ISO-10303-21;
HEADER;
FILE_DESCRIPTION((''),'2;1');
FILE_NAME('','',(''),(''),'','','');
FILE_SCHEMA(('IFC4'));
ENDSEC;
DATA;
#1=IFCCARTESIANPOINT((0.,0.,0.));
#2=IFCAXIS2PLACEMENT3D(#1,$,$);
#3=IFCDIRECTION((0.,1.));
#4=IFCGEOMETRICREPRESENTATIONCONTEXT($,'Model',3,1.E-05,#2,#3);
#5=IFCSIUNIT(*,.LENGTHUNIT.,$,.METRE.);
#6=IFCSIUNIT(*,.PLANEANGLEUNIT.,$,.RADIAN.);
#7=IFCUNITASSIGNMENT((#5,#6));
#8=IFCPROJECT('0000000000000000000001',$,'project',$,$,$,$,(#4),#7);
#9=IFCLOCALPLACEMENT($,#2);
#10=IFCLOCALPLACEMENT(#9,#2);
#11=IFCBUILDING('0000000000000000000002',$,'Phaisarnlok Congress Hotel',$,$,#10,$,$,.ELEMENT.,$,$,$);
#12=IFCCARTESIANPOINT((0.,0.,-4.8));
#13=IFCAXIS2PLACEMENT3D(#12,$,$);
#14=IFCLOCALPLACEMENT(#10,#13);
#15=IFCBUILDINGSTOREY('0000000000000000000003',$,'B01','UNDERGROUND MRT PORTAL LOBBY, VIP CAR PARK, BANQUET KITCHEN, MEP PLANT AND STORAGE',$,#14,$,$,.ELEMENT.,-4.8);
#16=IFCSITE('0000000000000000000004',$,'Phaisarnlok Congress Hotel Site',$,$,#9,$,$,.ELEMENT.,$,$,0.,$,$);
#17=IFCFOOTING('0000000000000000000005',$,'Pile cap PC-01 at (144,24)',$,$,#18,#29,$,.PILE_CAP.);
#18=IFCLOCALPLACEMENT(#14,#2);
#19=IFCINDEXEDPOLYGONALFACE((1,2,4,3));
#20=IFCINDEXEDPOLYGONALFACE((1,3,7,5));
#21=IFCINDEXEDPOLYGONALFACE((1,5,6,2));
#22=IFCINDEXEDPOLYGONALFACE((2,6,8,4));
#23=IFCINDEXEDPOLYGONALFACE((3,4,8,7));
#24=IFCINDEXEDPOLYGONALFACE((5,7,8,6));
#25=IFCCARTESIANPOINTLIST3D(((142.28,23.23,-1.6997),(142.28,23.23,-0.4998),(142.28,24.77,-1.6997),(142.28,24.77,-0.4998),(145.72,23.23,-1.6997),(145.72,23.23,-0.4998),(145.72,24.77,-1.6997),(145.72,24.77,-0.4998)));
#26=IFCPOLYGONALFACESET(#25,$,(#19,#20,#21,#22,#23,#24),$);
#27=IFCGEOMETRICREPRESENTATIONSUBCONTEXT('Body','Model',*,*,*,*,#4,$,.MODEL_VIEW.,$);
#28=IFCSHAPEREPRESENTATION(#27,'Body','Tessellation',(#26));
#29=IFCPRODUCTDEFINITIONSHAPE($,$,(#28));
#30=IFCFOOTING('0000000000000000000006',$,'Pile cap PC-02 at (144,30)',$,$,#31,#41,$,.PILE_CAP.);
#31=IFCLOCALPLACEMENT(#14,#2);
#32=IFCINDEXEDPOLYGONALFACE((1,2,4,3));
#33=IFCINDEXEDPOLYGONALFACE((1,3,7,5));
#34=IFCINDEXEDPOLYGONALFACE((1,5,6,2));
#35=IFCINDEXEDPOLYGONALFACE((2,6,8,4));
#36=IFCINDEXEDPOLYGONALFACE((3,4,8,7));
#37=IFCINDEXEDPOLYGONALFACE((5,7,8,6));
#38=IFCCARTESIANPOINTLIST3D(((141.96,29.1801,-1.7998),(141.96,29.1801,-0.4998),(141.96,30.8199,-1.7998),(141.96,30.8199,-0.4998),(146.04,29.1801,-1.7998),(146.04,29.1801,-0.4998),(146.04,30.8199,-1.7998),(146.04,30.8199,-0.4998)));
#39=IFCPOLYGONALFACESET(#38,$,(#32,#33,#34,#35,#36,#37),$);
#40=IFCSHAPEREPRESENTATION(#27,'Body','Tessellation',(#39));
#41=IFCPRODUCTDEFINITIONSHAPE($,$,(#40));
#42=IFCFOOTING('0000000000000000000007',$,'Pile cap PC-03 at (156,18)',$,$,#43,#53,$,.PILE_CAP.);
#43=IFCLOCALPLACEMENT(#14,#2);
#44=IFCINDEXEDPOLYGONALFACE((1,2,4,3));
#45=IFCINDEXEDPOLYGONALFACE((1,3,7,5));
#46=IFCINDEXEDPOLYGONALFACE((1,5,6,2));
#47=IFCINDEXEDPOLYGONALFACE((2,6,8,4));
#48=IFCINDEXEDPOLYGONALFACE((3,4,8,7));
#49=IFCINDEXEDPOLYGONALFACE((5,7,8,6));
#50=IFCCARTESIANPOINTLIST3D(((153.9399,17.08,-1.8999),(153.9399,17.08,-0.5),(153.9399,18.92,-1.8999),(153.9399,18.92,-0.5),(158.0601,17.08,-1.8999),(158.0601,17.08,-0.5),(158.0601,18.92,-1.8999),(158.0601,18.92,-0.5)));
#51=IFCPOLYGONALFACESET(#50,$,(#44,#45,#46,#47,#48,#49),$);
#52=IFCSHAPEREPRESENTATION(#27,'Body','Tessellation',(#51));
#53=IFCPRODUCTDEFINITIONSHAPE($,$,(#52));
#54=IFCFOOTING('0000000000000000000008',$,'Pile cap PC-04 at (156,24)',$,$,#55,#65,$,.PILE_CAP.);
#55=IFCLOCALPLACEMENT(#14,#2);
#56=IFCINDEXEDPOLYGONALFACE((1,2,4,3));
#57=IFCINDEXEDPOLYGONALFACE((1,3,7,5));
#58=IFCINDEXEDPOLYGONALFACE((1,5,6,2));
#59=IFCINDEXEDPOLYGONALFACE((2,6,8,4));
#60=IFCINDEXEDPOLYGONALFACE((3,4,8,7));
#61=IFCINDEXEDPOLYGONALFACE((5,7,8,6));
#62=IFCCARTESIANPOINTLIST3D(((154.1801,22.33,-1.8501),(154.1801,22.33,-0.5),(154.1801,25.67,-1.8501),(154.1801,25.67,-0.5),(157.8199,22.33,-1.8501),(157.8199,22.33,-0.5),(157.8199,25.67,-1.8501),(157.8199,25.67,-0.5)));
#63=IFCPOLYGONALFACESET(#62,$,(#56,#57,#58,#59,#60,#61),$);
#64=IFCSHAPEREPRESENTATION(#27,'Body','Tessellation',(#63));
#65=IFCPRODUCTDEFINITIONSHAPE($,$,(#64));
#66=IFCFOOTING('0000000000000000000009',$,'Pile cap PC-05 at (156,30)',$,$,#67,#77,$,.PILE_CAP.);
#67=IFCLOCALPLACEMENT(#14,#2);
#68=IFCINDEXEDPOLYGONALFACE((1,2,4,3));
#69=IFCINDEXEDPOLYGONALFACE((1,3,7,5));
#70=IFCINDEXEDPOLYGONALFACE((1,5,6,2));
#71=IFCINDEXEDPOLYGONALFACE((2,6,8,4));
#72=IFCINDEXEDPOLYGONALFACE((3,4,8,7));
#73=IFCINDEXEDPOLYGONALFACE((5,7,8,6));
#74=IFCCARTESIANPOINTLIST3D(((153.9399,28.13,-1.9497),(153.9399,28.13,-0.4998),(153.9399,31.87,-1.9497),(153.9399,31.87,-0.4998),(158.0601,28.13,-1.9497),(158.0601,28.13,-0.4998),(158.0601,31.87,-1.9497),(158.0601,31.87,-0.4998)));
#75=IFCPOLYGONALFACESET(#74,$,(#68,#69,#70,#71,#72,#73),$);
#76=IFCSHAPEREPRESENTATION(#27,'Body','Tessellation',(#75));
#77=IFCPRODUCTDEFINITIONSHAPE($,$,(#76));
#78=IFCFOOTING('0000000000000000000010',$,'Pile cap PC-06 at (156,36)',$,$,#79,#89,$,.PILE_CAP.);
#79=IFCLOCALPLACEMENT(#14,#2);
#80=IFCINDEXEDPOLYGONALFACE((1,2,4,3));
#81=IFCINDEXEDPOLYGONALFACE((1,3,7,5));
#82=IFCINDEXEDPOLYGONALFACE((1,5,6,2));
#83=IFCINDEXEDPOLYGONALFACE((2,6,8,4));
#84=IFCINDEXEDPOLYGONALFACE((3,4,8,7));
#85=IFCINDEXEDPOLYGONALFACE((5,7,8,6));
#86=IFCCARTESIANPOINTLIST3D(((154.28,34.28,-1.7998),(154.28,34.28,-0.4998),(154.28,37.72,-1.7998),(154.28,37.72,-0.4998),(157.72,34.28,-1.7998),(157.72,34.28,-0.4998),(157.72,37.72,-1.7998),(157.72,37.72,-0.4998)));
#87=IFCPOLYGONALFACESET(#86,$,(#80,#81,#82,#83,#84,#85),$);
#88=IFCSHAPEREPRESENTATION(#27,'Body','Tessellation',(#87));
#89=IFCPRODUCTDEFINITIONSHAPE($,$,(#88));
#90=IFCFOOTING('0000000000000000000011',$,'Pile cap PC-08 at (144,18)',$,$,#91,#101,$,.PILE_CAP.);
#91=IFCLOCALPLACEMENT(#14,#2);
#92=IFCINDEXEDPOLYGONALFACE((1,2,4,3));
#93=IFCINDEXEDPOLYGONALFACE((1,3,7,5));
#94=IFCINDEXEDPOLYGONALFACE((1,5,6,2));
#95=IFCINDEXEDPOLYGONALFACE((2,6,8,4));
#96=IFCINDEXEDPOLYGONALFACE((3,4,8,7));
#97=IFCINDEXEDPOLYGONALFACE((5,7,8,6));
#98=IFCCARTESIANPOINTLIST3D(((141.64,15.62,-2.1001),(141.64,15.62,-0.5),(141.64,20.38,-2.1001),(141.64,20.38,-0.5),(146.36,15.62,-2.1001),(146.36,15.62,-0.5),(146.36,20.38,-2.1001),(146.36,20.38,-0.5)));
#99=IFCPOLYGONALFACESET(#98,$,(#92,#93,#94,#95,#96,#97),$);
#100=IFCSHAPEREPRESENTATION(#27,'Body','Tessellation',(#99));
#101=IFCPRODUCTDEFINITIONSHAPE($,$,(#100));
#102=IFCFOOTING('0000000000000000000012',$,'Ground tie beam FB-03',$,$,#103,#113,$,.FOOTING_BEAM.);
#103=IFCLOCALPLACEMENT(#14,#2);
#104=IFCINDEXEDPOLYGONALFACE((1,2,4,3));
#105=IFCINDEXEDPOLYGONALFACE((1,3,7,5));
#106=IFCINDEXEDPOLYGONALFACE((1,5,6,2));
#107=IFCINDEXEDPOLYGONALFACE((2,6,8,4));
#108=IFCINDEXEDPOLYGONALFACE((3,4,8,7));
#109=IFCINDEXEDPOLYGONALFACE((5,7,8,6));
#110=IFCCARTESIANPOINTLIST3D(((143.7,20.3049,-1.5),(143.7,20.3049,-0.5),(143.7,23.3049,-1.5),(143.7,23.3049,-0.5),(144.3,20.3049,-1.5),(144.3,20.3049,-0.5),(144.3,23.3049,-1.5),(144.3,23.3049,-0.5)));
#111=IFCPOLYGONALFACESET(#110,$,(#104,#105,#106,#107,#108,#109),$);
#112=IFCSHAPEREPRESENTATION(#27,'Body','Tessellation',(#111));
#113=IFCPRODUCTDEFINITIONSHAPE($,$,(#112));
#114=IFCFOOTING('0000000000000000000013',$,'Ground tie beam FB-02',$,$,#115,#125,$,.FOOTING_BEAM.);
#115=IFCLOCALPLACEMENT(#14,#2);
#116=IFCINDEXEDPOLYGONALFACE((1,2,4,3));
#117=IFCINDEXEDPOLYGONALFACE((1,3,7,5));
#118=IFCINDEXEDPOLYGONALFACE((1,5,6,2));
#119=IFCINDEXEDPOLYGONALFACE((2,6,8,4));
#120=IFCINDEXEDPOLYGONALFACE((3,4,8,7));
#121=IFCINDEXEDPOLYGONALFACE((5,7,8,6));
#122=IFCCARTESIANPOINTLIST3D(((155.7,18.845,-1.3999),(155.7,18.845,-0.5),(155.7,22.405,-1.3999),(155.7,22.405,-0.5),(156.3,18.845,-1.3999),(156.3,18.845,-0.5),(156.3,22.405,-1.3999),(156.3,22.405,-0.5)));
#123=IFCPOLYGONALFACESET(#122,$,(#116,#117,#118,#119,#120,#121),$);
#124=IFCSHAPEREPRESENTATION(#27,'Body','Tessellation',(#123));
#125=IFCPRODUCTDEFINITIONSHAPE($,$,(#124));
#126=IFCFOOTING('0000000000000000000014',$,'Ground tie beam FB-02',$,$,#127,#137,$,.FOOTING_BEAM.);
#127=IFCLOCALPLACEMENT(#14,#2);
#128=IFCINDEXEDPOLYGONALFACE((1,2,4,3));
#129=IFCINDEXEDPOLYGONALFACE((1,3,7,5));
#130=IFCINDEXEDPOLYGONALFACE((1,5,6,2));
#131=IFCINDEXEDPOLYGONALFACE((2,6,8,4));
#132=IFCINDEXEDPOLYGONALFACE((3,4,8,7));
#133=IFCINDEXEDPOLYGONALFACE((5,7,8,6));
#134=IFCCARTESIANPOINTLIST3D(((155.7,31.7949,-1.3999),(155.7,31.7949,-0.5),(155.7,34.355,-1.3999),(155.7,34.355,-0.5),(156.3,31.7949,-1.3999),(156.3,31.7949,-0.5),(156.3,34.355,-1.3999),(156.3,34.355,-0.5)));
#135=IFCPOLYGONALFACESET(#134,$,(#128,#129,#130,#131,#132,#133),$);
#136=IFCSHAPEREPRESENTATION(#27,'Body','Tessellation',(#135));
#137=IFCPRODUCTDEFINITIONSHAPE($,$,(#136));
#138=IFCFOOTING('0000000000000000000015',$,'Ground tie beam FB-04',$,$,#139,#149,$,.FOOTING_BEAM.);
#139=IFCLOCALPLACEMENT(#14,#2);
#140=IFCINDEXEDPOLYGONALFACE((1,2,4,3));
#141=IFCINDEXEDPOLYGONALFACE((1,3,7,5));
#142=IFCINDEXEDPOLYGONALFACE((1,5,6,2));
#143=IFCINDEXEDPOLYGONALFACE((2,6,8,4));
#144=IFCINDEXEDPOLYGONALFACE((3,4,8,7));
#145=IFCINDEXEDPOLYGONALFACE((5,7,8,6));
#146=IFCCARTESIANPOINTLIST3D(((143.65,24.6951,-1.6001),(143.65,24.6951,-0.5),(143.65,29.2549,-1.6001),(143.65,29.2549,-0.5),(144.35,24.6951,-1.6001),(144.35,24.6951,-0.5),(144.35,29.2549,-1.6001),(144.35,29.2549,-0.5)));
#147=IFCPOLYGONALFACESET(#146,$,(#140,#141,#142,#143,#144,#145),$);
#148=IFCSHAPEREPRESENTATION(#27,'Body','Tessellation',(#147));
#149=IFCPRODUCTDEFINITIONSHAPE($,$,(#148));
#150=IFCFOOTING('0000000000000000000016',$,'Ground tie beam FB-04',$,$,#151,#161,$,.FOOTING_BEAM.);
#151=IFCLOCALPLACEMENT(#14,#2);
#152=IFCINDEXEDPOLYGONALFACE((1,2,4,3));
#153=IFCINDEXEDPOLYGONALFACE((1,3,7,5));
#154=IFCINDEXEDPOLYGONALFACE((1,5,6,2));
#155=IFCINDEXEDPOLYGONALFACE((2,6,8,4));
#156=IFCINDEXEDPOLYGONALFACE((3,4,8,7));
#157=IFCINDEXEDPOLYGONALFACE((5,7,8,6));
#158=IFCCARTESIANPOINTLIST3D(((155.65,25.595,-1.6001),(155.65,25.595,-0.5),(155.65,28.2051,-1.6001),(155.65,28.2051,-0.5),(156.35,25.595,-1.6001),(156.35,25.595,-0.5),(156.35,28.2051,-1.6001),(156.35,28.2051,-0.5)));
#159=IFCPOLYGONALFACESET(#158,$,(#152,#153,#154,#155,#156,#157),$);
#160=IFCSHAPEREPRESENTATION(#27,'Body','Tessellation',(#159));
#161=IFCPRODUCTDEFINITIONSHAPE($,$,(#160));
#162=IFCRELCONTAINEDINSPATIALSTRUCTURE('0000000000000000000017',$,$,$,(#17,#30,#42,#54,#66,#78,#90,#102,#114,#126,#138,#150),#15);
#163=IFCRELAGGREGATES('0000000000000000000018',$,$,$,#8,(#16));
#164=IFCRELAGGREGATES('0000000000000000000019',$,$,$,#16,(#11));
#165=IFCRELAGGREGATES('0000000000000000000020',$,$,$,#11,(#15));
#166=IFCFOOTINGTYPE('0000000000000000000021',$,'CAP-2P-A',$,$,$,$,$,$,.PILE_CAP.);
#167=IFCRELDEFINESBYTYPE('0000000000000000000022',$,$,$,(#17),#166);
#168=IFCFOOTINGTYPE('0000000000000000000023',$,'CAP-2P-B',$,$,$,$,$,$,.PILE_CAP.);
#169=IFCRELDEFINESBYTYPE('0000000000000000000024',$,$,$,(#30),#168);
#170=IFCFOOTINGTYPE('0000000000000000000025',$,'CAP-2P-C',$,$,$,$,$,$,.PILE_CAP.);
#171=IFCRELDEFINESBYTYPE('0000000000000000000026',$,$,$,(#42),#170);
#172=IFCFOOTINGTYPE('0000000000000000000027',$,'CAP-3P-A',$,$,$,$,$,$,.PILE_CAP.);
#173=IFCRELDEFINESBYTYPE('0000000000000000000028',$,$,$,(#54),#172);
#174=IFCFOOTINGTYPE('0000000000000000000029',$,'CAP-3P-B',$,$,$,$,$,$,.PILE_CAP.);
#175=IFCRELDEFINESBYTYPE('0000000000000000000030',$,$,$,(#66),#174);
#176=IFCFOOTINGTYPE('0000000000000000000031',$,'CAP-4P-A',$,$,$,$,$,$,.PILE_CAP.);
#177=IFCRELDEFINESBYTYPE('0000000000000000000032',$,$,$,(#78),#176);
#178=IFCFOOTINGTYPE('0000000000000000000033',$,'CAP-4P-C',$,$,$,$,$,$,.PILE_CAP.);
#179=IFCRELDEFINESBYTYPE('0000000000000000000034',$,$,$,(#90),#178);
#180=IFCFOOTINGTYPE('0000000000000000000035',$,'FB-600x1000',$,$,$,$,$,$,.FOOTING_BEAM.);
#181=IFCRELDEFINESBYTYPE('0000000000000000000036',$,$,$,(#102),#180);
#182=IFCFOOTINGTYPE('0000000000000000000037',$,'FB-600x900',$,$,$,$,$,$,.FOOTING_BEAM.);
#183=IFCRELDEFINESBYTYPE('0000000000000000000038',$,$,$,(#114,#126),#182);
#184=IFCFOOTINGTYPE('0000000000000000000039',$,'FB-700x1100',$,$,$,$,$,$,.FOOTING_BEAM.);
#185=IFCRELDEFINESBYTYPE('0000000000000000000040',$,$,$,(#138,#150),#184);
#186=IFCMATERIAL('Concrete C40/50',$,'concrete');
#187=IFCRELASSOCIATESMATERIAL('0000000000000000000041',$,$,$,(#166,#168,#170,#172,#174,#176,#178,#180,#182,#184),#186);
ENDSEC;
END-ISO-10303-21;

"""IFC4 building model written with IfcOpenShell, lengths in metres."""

from ifc_helpers import new_model, si_unit, direction, frame, origin, origin_2d, place, context, subcontext, project, spatial, rectangle, extrude, material, material_profile, profile_set, type_object, element, save


model = new_model("IFC4")

# Units and contexts
model_context = context("Model", 3, precision=1e-05, world=origin(), true_north=direction((0.0, 1.0)))
body_context = subcontext(model_context, "Body", "Model", "MODEL_VIEW")
ifc_project = project(units=[si_unit("LENGTHUNIT", "METRE"), si_unit("PLANEANGLEUNIT", "RADIAN")], contexts=[model_context])

# Site, building, storey
site_placement = place(None, origin())
site = spatial("IfcSite", under=ifc_project, at=site_placement, Name="Phaisarnlok Congress Hotel Site", CompositionType="ELEMENT", RefElevation=0.0)
building_placement = place(site_placement, origin())
building = spatial("IfcBuilding", under=site, at=building_placement, Name="Phaisarnlok Congress Hotel", CompositionType="ELEMENT")
storey_placement = place(building_placement, frame((0.0, 0.0, -4.8)))
storey = spatial("IfcBuildingStorey", under=building, at=storey_placement, Name="B01", Description="UNDERGROUND MRT PORTAL LOBBY, VIP CAR PARK, BANQUET KITCHEN, MEP PLANT AND STORAGE", CompositionType="ELEMENT", Elevation=-4.8)

# Footings
ifc_material_1 = material(Name="Concrete C40/50", Category="concrete")
footing_type_1 = type_object("IfcFootingType", Name="CAP-2P-A", PredefinedType="PILE_CAP", material=ifc_material_1)
footing_1_placement = place(storey_placement, frame((144.0, 24.0, -1.6997), z_axis=(0.0, 0.0, 1.0), x_axis=(1.0, 0.0, 0.0)))
element("IfcFooting", 1, at=footing_1_placement, inside=storey, type_object=footing_type_1, Name="Pile cap PC-01 at (144,24)", PredefinedType="PILE_CAP", context=body_context, shape_type="SweptSolid", body=[
    extrude(rectangle(XDim=3.4399, YDim=1.54, at=origin_2d()), origin(), (0.0, 0.0, 1.0), 1.2),
])
footing_type_2 = type_object("IfcFootingType", Name="CAP-2P-B", PredefinedType="PILE_CAP", material=ifc_material_1)
footing_2_placement = place(storey_placement, frame((144.0, 30.0, -1.7998), z_axis=(0.0, 0.0, 1.0), x_axis=(1.0, 0.0, 0.0)))
element("IfcFooting", 2, at=footing_2_placement, inside=storey, type_object=footing_type_2, Name="Pile cap PC-02 at (144,30)", PredefinedType="PILE_CAP", context=body_context, shape_type="SweptSolid", body=[
    extrude(rectangle(XDim=4.0801, YDim=1.6399, at=origin_2d()), origin(), (0.0, 0.0, 1.0), 1.3),
])
footing_type_3 = type_object("IfcFootingType", Name="CAP-2P-C", PredefinedType="PILE_CAP", material=ifc_material_1)
footing_3_placement = place(storey_placement, frame((156.0, 18.0, -1.8999), z_axis=(0.0, 0.0, 1.0), x_axis=(1.0, 0.0, 0.0)))
element("IfcFooting", 3, at=footing_3_placement, inside=storey, type_object=footing_type_3, Name="Pile cap PC-03 at (156,18)", PredefinedType="PILE_CAP", context=body_context, shape_type="SweptSolid", body=[
    extrude(rectangle(XDim=4.1201, YDim=1.8401, at=origin_2d()), origin(), (0.0, 0.0, 1.0), 1.3999),
])
footing_type_4 = type_object("IfcFootingType", Name="CAP-3P-A", PredefinedType="PILE_CAP", material=ifc_material_1)
footing_4_placement = place(storey_placement, frame((156.0, 24.0, -1.8501), z_axis=(0.0, 0.0, 1.0), x_axis=(1.0, 0.0, 0.0)))
element("IfcFooting", 4, at=footing_4_placement, inside=storey, type_object=footing_type_4, Name="Pile cap PC-04 at (156,24)", PredefinedType="PILE_CAP", context=body_context, shape_type="SweptSolid", body=[
    extrude(rectangle(XDim=3.6399, YDim=3.3401, at=origin_2d()), origin(), (0.0, 0.0, 1.0), 1.3501),
])
footing_type_5 = type_object("IfcFootingType", Name="CAP-3P-B", PredefinedType="PILE_CAP", material=ifc_material_1)
footing_5_placement = place(storey_placement, frame((156.0, 30.0, -1.9497), z_axis=(0.0, 0.0, 1.0), x_axis=(1.0, 0.0, 0.0)))
element("IfcFooting", 5, at=footing_5_placement, inside=storey, type_object=footing_type_5, Name="Pile cap PC-05 at (156,30)", PredefinedType="PILE_CAP", context=body_context, shape_type="SweptSolid", body=[
    extrude(rectangle(XDim=4.1201, YDim=3.74, at=origin_2d()), origin(), (0.0, 0.0, 1.0), 1.45),
])
footing_type_6 = type_object("IfcFootingType", Name="CAP-4P-A", PredefinedType="PILE_CAP", material=ifc_material_1)
footing_6_placement = place(storey_placement, frame((156.0, 36.0, -1.7998), z_axis=(0.0, 0.0, 1.0), x_axis=(1.0, 0.0, 0.0)))
element("IfcFooting", 6, at=footing_6_placement, inside=storey, type_object=footing_type_6, Name="Pile cap PC-06 at (156,36)", PredefinedType="PILE_CAP", context=body_context, shape_type="SweptSolid", body=[
    extrude(rectangle(XDim=3.4399, YDim=3.4399, at=origin_2d()), origin(), (0.0, 0.0, 1.0), 1.3),
])
footing_type_7 = type_object("IfcFootingType", Name="CAP-4P-C", PredefinedType="PILE_CAP", material=ifc_material_1)
footing_7_placement = place(storey_placement, frame((144.0, 18.0, -2.1001), z_axis=(0.0, 0.0, 1.0), x_axis=(1.0, 0.0, 0.0)))
element("IfcFooting", 7, at=footing_7_placement, inside=storey, type_object=footing_type_7, Name="Pile cap PC-08 at (144,18)", PredefinedType="PILE_CAP", context=body_context, shape_type="SweptSolid", body=[
    extrude(rectangle(XDim=4.72, YDim=4.76, at=origin_2d()), origin(), (0.0, 0.0, 1.0), 1.6001),
])
ifc_material_profile_1 = material_profile(ifc_material_1, rectangle(XDim=0.6001, YDim=1.0, at=origin_2d()), Name="FB-600x1000")
ifc_profile_set_1 = profile_set([ifc_material_profile_1], Name="Concrete C40/50")
footing_type_8 = type_object("IfcFootingType", Name="FB-600x1000", PredefinedType="FOOTING_BEAM", material=ifc_profile_set_1)
footing_8_placement = place(storey_placement, frame((144.0, 20.3049, -1.0), z_axis=(0.0, 1.0, 0.0), x_axis=(-1.0, 0.0, 0.0)))
element("IfcFooting", 8, at=footing_8_placement, inside=storey, type_object=footing_type_8, Name="Ground tie beam FB-03", PredefinedType="FOOTING_BEAM", context=body_context, shape_type="SweptSolid", body=[
    extrude(rectangle(XDim=0.6001, YDim=1.0, at=origin_2d()), origin(), (0.0, 0.0, 1.0), 3.0),
])
ifc_material_profile_2 = material_profile(ifc_material_1, rectangle(XDim=0.6001, YDim=0.8999, at=origin_2d()), Name="FB-600x900")
ifc_profile_set_2 = profile_set([ifc_material_profile_2], Name="Concrete C40/50")
footing_type_9 = type_object("IfcFootingType", Name="FB-600x900", PredefinedType="FOOTING_BEAM", material=ifc_profile_set_2)
footing_9_placement = place(storey_placement, frame((156.0, 18.845, -0.95), z_axis=(0.0, 1.0, 0.0), x_axis=(-1.0, 0.0, 0.0)))
element("IfcFooting", 9, at=footing_9_placement, inside=storey, type_object=footing_type_9, Name="Ground tie beam FB-02", PredefinedType="FOOTING_BEAM", context=body_context, shape_type="SweptSolid", body=[
    extrude(rectangle(XDim=0.6001, YDim=0.8999, at=origin_2d()), origin(), (0.0, 0.0, 1.0), 3.5601),
])
footing_10_placement = place(storey_placement, frame((156.0, 31.7949, -0.95), z_axis=(0.0, 1.0, 0.0), x_axis=(-1.0, 0.0, 0.0)))
element("IfcFooting", 10, at=footing_10_placement, inside=storey, type_object=footing_type_9, Name="Ground tie beam FB-02", PredefinedType="FOOTING_BEAM", context=body_context, shape_type="SweptSolid", body=[
    extrude(rectangle(XDim=0.6001, YDim=0.8999, at=origin_2d()), origin(), (0.0, 0.0, 1.0), 2.5601),
])
ifc_material_profile_3 = material_profile(ifc_material_1, rectangle(XDim=0.7, YDim=1.1001, at=origin_2d()), Name="FB-700x1100")
ifc_profile_set_3 = profile_set([ifc_material_profile_3], Name="Concrete C40/50")
footing_type_10 = type_object("IfcFootingType", Name="FB-700x1100", PredefinedType="FOOTING_BEAM", material=ifc_profile_set_3)
footing_11_placement = place(storey_placement, frame((144.0, 24.6951, -1.05), z_axis=(0.0, 1.0, 0.0), x_axis=(-1.0, 0.0, 0.0)))
element("IfcFooting", 11, at=footing_11_placement, inside=storey, type_object=footing_type_10, Name="Ground tie beam FB-04", PredefinedType="FOOTING_BEAM", context=body_context, shape_type="SweptSolid", body=[
    extrude(rectangle(XDim=0.7, YDim=1.1001, at=origin_2d()), origin(), (0.0, 0.0, 1.0), 4.5598),
])
footing_12_placement = place(storey_placement, frame((156.0, 25.595, -1.05), z_axis=(0.0, 1.0, 0.0), x_axis=(-1.0, 0.0, 0.0)))
element("IfcFooting", 12, at=footing_12_placement, inside=storey, type_object=footing_type_10, Name="Ground tie beam FB-04", PredefinedType="FOOTING_BEAM", context=body_context, shape_type="SweptSolid", body=[
    extrude(rectangle(XDim=0.7, YDim=1.1001, at=origin_2d()), origin(), (0.0, 0.0, 1.0), 2.6101),
])

save(model, "model.ifc")
